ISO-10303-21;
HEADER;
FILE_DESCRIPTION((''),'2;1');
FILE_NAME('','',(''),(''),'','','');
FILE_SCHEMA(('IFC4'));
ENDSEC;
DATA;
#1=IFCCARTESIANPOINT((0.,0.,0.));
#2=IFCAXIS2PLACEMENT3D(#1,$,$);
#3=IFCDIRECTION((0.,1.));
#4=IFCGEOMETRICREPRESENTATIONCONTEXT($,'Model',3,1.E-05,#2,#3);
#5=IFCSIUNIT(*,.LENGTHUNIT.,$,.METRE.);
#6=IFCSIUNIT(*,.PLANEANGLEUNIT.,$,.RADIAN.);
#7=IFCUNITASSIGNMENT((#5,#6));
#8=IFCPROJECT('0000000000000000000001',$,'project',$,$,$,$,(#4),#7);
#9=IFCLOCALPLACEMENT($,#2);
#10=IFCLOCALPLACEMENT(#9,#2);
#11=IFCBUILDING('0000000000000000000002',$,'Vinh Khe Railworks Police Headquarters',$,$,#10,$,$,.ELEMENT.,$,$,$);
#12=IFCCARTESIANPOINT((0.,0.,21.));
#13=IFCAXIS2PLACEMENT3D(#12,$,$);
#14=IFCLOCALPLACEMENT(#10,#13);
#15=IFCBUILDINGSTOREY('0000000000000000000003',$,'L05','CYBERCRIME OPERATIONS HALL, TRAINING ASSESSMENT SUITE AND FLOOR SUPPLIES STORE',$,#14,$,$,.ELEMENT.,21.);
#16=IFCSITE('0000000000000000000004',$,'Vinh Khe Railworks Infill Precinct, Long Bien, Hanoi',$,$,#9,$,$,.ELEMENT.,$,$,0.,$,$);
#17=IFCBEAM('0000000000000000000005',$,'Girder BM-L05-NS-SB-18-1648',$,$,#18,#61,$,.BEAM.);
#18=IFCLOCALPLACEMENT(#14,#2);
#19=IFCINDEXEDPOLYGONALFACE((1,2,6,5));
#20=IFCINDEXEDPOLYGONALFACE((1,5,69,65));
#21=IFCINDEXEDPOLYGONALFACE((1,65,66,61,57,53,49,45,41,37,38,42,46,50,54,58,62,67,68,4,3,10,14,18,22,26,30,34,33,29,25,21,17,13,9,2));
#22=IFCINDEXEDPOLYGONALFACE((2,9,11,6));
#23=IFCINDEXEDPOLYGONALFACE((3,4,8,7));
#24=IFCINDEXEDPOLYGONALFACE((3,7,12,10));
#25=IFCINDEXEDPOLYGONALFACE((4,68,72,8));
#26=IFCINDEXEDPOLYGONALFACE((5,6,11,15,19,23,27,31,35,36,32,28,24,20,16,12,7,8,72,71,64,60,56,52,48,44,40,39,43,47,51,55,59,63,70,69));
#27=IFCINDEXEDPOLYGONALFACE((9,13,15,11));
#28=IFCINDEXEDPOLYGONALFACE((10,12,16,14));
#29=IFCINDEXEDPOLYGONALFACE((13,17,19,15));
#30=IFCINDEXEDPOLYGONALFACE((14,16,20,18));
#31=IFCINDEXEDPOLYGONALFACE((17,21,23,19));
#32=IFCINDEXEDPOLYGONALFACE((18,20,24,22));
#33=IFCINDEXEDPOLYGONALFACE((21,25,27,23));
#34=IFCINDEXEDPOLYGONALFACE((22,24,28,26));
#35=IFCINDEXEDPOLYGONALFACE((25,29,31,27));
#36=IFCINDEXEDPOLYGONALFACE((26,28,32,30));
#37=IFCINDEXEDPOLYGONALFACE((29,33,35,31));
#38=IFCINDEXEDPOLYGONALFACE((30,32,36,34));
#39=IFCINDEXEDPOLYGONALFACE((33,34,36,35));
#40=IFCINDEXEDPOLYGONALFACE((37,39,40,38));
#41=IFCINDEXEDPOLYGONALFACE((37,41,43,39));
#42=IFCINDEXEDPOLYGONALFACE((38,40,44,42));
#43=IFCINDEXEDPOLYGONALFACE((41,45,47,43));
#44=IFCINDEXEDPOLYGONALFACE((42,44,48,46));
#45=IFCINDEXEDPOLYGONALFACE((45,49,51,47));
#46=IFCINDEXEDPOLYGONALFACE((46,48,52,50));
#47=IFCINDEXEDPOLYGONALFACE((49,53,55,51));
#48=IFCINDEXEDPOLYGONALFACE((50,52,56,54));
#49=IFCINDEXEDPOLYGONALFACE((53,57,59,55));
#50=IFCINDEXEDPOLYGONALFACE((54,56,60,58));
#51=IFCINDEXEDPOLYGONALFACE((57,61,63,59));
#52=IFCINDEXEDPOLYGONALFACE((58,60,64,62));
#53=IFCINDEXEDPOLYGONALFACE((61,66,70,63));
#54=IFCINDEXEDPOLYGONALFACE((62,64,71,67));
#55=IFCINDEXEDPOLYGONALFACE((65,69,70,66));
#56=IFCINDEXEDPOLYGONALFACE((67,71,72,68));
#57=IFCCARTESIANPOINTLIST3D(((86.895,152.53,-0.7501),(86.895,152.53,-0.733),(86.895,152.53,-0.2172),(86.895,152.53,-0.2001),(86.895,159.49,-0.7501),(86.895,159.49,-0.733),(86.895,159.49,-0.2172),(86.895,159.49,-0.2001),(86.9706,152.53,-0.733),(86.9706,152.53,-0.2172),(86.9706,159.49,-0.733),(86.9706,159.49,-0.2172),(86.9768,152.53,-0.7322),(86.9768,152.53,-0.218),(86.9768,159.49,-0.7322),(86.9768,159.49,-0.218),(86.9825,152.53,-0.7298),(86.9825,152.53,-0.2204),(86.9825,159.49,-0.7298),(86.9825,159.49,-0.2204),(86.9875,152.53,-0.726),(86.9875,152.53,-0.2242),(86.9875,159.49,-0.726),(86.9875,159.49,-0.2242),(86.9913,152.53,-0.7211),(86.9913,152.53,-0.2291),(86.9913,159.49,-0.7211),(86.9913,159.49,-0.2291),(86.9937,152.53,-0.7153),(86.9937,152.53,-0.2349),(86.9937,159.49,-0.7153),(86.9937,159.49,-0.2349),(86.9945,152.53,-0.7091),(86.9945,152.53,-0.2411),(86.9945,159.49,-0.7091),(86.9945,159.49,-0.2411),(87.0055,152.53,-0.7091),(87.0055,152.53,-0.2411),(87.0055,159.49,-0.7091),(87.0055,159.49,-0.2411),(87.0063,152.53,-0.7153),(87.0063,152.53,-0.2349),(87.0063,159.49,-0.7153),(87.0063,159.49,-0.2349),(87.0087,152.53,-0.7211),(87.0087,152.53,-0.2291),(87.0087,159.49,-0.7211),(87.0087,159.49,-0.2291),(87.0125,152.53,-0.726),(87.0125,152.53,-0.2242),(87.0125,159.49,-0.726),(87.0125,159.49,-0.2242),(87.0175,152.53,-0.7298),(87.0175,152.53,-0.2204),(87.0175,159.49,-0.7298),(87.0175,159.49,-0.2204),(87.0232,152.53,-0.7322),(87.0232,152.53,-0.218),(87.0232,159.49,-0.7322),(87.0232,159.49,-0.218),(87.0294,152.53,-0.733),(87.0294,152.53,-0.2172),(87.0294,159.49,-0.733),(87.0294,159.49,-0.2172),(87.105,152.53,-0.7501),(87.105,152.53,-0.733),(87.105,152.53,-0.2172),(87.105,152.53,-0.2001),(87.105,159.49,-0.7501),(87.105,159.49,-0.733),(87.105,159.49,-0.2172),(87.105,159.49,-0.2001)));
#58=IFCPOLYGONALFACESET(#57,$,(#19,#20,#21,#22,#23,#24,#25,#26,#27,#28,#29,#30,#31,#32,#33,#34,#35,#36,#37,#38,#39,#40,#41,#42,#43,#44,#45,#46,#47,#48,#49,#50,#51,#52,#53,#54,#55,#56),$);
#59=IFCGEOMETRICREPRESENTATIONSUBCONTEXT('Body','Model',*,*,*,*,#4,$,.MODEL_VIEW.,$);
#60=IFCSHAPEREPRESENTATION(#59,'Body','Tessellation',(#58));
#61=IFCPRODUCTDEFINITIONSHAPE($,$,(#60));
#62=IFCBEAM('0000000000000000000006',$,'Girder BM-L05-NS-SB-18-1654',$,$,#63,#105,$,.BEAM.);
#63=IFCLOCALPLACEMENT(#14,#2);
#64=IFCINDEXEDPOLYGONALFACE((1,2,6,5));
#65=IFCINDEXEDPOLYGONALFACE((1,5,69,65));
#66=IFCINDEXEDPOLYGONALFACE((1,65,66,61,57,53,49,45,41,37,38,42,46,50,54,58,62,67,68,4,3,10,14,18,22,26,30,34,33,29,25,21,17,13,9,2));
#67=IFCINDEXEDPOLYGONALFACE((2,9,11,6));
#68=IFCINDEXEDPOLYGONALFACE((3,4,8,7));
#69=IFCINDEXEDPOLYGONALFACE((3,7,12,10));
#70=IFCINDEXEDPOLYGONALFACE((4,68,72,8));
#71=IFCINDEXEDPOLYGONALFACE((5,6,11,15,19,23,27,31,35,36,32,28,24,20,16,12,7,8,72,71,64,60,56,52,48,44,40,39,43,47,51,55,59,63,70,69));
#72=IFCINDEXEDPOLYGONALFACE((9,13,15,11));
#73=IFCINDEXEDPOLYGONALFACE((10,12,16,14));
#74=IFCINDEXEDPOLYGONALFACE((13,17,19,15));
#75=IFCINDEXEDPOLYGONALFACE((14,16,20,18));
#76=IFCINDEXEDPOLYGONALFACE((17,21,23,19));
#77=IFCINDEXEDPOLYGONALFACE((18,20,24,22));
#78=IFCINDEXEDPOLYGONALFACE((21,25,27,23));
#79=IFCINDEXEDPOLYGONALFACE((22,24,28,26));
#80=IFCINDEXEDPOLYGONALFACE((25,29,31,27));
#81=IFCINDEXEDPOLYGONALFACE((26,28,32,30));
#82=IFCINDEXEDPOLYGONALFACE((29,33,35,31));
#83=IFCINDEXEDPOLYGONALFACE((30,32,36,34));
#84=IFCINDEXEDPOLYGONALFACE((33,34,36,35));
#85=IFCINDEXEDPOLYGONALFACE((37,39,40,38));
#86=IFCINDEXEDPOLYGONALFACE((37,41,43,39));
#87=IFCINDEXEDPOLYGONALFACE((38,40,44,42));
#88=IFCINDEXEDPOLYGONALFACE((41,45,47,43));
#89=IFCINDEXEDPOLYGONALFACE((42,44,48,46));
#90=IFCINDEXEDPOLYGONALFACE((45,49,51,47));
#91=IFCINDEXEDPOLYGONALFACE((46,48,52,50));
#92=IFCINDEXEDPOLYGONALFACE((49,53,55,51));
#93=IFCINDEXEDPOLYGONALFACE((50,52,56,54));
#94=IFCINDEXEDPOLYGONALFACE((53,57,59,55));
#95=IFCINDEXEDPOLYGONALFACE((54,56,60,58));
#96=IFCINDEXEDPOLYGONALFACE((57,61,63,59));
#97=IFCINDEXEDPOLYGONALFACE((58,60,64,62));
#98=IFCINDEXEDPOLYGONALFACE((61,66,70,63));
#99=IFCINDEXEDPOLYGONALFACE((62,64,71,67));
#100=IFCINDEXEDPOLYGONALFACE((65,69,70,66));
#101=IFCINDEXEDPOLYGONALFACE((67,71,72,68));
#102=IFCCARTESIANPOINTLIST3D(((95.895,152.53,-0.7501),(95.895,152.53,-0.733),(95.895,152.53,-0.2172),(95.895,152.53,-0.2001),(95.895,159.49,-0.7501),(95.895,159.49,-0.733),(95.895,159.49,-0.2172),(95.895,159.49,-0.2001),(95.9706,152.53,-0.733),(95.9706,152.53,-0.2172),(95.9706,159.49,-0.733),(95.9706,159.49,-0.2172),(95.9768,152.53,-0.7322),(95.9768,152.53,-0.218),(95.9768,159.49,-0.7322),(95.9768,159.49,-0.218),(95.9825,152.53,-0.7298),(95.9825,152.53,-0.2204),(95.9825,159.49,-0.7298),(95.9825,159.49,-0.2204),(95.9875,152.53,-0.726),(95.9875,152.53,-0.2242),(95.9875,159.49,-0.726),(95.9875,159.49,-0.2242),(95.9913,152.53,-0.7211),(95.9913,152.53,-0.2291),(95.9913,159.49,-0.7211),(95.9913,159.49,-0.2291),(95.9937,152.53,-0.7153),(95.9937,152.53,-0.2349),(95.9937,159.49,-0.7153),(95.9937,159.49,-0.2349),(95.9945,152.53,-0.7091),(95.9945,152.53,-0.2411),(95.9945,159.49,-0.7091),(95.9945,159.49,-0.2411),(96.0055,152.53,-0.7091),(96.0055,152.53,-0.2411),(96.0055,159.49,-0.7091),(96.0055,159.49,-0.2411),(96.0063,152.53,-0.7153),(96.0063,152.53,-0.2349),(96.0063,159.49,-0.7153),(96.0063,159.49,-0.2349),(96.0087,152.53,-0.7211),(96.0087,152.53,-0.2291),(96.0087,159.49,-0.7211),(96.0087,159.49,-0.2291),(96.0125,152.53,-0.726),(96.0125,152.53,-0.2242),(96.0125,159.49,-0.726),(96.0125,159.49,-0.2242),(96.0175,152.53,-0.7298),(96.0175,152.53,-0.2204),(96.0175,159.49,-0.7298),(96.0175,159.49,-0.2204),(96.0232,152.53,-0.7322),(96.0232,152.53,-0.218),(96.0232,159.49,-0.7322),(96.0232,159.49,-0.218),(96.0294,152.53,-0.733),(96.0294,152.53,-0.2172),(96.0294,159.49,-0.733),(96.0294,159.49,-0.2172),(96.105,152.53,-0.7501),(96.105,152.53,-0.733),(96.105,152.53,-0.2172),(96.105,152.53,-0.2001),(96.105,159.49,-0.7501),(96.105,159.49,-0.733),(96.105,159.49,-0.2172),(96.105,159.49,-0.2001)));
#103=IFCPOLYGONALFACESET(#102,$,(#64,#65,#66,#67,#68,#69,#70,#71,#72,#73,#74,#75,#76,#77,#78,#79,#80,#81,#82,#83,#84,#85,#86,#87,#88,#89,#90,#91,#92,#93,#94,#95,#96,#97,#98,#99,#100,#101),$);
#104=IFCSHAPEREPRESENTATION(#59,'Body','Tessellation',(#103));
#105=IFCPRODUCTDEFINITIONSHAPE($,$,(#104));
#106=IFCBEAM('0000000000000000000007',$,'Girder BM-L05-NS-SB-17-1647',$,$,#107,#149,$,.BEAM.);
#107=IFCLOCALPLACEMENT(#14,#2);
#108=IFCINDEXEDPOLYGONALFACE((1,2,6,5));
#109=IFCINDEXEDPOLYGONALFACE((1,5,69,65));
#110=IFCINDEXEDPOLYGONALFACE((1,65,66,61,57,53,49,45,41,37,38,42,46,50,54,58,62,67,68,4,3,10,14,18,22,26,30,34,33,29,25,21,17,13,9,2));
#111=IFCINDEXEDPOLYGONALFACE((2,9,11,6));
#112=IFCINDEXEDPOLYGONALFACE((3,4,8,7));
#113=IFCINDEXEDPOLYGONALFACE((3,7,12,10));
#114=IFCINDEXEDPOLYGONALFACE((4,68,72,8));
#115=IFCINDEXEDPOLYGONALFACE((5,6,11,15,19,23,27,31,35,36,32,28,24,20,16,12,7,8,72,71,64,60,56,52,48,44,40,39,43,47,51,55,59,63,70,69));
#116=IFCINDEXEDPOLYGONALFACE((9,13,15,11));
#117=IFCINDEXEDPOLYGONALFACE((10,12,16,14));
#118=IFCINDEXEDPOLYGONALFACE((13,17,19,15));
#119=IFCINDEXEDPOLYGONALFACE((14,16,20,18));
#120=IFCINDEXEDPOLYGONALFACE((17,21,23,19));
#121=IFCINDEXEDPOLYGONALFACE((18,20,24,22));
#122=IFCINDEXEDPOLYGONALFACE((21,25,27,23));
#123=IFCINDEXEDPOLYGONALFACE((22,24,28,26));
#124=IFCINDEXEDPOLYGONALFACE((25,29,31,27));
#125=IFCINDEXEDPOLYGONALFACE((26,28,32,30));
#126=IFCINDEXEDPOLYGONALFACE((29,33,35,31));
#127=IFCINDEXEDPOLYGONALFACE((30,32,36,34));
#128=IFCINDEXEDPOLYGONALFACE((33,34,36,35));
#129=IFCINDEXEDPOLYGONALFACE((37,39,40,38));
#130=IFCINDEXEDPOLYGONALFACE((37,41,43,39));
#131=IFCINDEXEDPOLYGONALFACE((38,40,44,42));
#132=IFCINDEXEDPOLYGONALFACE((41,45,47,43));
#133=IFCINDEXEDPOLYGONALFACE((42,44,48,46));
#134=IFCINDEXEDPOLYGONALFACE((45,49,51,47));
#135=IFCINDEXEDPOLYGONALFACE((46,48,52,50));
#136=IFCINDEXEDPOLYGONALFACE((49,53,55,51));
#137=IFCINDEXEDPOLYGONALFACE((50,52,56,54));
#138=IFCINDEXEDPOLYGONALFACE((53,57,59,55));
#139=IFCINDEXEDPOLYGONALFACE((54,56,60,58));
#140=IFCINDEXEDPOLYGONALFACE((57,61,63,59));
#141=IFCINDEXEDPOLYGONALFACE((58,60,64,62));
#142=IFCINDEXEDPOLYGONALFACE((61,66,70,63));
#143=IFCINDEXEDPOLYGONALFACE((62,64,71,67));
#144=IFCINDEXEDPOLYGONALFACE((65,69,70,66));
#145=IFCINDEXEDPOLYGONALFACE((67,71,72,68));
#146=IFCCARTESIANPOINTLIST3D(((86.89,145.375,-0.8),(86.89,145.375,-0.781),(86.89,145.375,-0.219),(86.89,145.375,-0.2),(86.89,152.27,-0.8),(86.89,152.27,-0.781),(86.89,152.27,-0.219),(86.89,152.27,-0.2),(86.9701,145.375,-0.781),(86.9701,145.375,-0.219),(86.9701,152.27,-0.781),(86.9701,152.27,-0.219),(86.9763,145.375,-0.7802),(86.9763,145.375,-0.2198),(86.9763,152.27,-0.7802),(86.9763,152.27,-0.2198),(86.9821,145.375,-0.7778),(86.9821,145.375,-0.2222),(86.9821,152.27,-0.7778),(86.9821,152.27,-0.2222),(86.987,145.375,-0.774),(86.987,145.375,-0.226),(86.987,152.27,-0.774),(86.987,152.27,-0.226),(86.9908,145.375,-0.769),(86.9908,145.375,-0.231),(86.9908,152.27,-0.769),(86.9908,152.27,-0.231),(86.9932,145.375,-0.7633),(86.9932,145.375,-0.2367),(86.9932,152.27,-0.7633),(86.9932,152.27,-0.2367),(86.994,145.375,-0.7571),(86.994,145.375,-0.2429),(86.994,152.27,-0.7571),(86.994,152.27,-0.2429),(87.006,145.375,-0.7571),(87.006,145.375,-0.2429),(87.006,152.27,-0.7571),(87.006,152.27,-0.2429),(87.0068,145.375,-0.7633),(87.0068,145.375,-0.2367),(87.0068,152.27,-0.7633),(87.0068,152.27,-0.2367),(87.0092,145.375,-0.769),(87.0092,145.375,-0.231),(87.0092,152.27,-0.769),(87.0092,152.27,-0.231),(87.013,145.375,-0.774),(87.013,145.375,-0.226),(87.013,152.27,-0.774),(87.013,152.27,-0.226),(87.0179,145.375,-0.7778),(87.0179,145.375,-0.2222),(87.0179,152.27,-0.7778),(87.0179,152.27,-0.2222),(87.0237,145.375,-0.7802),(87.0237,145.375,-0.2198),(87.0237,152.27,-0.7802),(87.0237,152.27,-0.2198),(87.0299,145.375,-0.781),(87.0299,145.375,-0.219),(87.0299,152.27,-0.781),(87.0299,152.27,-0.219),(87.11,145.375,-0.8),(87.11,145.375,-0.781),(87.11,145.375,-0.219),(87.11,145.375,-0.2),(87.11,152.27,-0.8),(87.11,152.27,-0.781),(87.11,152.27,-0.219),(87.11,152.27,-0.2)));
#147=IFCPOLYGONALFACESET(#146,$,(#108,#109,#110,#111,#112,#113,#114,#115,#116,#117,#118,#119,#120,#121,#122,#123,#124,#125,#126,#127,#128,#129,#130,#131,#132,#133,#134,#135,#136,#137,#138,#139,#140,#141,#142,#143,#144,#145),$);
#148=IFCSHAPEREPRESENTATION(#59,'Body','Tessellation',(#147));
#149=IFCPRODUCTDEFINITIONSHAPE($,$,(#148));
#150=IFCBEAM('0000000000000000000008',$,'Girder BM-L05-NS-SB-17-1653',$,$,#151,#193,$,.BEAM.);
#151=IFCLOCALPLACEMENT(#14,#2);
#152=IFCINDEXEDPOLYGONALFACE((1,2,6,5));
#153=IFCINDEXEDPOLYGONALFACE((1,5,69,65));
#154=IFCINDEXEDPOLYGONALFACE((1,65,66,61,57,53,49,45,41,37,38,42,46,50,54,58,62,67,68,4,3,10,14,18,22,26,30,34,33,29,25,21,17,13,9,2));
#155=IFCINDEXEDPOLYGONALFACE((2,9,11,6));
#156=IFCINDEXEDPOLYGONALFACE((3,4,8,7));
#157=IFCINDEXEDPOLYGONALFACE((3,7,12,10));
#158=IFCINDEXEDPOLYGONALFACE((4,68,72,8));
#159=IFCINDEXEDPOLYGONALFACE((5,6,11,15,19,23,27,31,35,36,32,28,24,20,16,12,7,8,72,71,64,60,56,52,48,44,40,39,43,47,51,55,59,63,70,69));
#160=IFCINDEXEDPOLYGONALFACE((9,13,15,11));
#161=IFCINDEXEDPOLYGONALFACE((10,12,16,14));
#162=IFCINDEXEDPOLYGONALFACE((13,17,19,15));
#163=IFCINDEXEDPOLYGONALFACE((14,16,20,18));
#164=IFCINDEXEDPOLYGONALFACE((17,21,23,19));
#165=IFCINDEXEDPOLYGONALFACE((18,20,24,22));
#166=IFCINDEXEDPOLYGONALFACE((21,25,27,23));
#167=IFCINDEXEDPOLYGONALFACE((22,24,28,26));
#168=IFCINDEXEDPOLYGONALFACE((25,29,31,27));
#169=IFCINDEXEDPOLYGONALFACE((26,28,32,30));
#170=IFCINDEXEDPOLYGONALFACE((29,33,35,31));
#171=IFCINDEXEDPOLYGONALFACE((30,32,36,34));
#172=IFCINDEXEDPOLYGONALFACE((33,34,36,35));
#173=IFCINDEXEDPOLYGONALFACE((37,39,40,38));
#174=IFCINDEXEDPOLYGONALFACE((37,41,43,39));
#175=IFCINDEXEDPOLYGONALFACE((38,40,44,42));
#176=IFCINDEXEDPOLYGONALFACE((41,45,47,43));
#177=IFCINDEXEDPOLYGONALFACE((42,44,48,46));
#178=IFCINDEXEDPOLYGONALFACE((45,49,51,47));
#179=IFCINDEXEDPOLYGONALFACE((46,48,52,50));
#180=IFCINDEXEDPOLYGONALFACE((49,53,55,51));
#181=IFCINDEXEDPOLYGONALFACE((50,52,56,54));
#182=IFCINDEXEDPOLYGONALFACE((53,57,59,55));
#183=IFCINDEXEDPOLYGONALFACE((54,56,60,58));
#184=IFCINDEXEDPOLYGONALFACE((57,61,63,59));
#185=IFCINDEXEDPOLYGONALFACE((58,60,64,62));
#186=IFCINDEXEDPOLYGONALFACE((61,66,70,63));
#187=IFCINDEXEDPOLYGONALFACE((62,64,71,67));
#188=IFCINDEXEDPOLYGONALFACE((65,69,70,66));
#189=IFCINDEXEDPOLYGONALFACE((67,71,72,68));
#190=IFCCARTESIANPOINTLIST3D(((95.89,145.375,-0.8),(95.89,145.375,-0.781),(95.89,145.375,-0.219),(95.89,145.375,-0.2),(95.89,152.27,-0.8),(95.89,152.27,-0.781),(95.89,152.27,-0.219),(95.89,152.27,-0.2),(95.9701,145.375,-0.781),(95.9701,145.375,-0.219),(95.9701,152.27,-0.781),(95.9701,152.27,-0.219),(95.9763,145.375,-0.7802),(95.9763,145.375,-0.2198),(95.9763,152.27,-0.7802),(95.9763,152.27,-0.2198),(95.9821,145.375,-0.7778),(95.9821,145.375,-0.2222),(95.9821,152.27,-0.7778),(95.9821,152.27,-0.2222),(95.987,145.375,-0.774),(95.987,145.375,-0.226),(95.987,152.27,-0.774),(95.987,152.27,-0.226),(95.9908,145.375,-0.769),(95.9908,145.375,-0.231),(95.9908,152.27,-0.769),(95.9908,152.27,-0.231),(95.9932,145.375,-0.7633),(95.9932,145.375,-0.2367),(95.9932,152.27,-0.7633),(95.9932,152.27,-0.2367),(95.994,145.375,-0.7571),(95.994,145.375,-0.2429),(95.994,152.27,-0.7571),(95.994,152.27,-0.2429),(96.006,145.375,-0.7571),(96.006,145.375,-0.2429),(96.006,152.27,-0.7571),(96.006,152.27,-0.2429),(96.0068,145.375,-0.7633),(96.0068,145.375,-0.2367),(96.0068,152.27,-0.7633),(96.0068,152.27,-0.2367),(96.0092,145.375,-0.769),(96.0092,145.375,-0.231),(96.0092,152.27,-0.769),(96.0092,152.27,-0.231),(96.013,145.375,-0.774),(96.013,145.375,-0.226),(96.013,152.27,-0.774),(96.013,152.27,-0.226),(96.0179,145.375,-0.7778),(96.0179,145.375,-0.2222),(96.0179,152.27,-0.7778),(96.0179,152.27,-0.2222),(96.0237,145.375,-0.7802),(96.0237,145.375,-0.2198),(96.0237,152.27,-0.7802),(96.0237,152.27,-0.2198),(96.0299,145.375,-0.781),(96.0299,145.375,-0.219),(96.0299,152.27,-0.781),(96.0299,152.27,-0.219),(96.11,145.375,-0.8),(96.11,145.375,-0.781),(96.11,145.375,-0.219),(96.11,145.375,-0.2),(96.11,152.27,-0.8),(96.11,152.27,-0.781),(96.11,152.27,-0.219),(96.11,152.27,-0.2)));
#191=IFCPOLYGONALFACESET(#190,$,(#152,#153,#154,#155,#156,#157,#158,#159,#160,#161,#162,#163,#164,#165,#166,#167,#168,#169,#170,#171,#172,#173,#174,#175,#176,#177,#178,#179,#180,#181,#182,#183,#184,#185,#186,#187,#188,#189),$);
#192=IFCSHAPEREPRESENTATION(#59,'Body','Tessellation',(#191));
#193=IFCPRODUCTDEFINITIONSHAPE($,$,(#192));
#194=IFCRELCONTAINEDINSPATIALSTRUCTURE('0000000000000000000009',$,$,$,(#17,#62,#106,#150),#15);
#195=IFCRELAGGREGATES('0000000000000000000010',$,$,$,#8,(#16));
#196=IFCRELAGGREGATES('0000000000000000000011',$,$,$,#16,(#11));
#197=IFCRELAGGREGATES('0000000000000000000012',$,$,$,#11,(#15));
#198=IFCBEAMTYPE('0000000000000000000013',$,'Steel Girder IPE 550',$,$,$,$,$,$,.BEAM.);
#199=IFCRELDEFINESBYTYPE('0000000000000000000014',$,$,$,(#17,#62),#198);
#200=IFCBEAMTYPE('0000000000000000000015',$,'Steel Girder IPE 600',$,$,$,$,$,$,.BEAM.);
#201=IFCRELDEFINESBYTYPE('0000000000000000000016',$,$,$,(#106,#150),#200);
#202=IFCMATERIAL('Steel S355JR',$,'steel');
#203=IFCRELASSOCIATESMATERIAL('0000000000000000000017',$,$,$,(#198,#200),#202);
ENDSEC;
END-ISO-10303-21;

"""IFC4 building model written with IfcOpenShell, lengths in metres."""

from ifc_helpers import new_model, si_unit, direction, frame, origin, origin_2d, place, context, subcontext, project, spatial, i_section, extrude, material, material_profile, profile_set, type_object, element, save


model = new_model("IFC4")

# Units and contexts
model_context = context("Model", 3, precision=1e-05, world=origin(), true_north=direction((0.0, 1.0)))
body_context = subcontext(model_context, "Body", "Model", "MODEL_VIEW")
ifc_project = project(units=[si_unit("LENGTHUNIT", "METRE"), si_unit("PLANEANGLEUNIT", "RADIAN")], contexts=[model_context])

# Site, building, storey
site_placement = place(None, origin())
site = spatial("IfcSite", under=ifc_project, at=site_placement, Name="Vinh Khe Railworks Infill Precinct, Long Bien, Hanoi", CompositionType="ELEMENT", RefElevation=0.0)
building_placement = place(site_placement, origin())
building = spatial("IfcBuilding", under=site, at=building_placement, Name="Vinh Khe Railworks Police Headquarters", CompositionType="ELEMENT")
storey_placement = place(building_placement, frame((0.0, 0.0, 21.0)))
storey = spatial("IfcBuildingStorey", under=building, at=storey_placement, Name="L05", Description="CYBERCRIME OPERATIONS HALL, TRAINING ASSESSMENT SUITE AND FLOOR SUPPLIES STORE", CompositionType="ELEMENT", Elevation=21.0)

# Shared definitions
ifc_material_1 = material(Name="Steel S355JR", Category="steel")

# Beams
ifc_material_profile_1 = material_profile(ifc_material_1, i_section(OverallWidth=0.21, OverallDepth=0.55, WebThickness=0.011, FlangeThickness=0.0171, FilletRadius=0.0239, at=origin_2d()), Name="IPE 550")
ifc_profile_set_1 = profile_set([ifc_material_profile_1], Name="Steel S355JR")
beam_type_1 = type_object("IfcBeamType", Name="Steel Girder IPE 550", PredefinedType="BEAM", material=ifc_profile_set_1)
for number, where, z_axis, x_axis, name in (
    (1, (87.0, 152.53, -0.4751), (0.0, 1.0, 0.0), (-1.0, 0.0, 0.0), "Girder BM-L05-NS-SB-18-1648"),
    (2, (96.0, 152.53, -0.4751), (0.0, 1.0, 0.0), (-1.0, 0.0, 0.0), "Girder BM-L05-NS-SB-18-1654"),
):
    element("IfcBeam", number, at=place(storey_placement, frame(where, z_axis=z_axis, x_axis=x_axis)), inside=storey, type_object=beam_type_1, Name=name, PredefinedType="BEAM", context=body_context, shape_type="SweptSolid", body=[
        extrude(i_section(OverallWidth=0.21, OverallDepth=0.55, WebThickness=0.011, FlangeThickness=0.0171, FilletRadius=0.0239, at=origin_2d()), origin(), (0.0, 0.0, 1.0), 6.96),
    ])
ifc_material_profile_2 = material_profile(ifc_material_1, i_section(OverallWidth=0.22, OverallDepth=0.6001, WebThickness=0.012, FlangeThickness=0.019, FilletRadius=0.0239, at=origin_2d()), Name="IPE 600")
ifc_profile_set_2 = profile_set([ifc_material_profile_2], Name="Steel S355JR")
beam_type_2 = type_object("IfcBeamType", Name="Steel Girder IPE 600", PredefinedType="BEAM", material=ifc_profile_set_2)
for number, where, z_axis, x_axis, name in (
    (3, (87.0, 145.375, -0.5), (0.0, 1.0, 0.0), (-1.0, 0.0, 0.0), "Girder BM-L05-NS-SB-17-1647"),
    (4, (96.0, 145.375, -0.5), (0.0, 1.0, 0.0), (-1.0, 0.0, 0.0), "Girder BM-L05-NS-SB-17-1653"),
):
    element("IfcBeam", number, at=place(storey_placement, frame(where, z_axis=z_axis, x_axis=x_axis)), inside=storey, type_object=beam_type_2, Name=name, PredefinedType="BEAM", context=body_context, shape_type="SweptSolid", body=[
        extrude(i_section(OverallWidth=0.22, OverallDepth=0.6001, WebThickness=0.012, FlangeThickness=0.019, FilletRadius=0.0239, at=origin_2d()), origin(), (0.0, 0.0, 1.0), 6.895),
    ])

save(model, "model.ifc")
